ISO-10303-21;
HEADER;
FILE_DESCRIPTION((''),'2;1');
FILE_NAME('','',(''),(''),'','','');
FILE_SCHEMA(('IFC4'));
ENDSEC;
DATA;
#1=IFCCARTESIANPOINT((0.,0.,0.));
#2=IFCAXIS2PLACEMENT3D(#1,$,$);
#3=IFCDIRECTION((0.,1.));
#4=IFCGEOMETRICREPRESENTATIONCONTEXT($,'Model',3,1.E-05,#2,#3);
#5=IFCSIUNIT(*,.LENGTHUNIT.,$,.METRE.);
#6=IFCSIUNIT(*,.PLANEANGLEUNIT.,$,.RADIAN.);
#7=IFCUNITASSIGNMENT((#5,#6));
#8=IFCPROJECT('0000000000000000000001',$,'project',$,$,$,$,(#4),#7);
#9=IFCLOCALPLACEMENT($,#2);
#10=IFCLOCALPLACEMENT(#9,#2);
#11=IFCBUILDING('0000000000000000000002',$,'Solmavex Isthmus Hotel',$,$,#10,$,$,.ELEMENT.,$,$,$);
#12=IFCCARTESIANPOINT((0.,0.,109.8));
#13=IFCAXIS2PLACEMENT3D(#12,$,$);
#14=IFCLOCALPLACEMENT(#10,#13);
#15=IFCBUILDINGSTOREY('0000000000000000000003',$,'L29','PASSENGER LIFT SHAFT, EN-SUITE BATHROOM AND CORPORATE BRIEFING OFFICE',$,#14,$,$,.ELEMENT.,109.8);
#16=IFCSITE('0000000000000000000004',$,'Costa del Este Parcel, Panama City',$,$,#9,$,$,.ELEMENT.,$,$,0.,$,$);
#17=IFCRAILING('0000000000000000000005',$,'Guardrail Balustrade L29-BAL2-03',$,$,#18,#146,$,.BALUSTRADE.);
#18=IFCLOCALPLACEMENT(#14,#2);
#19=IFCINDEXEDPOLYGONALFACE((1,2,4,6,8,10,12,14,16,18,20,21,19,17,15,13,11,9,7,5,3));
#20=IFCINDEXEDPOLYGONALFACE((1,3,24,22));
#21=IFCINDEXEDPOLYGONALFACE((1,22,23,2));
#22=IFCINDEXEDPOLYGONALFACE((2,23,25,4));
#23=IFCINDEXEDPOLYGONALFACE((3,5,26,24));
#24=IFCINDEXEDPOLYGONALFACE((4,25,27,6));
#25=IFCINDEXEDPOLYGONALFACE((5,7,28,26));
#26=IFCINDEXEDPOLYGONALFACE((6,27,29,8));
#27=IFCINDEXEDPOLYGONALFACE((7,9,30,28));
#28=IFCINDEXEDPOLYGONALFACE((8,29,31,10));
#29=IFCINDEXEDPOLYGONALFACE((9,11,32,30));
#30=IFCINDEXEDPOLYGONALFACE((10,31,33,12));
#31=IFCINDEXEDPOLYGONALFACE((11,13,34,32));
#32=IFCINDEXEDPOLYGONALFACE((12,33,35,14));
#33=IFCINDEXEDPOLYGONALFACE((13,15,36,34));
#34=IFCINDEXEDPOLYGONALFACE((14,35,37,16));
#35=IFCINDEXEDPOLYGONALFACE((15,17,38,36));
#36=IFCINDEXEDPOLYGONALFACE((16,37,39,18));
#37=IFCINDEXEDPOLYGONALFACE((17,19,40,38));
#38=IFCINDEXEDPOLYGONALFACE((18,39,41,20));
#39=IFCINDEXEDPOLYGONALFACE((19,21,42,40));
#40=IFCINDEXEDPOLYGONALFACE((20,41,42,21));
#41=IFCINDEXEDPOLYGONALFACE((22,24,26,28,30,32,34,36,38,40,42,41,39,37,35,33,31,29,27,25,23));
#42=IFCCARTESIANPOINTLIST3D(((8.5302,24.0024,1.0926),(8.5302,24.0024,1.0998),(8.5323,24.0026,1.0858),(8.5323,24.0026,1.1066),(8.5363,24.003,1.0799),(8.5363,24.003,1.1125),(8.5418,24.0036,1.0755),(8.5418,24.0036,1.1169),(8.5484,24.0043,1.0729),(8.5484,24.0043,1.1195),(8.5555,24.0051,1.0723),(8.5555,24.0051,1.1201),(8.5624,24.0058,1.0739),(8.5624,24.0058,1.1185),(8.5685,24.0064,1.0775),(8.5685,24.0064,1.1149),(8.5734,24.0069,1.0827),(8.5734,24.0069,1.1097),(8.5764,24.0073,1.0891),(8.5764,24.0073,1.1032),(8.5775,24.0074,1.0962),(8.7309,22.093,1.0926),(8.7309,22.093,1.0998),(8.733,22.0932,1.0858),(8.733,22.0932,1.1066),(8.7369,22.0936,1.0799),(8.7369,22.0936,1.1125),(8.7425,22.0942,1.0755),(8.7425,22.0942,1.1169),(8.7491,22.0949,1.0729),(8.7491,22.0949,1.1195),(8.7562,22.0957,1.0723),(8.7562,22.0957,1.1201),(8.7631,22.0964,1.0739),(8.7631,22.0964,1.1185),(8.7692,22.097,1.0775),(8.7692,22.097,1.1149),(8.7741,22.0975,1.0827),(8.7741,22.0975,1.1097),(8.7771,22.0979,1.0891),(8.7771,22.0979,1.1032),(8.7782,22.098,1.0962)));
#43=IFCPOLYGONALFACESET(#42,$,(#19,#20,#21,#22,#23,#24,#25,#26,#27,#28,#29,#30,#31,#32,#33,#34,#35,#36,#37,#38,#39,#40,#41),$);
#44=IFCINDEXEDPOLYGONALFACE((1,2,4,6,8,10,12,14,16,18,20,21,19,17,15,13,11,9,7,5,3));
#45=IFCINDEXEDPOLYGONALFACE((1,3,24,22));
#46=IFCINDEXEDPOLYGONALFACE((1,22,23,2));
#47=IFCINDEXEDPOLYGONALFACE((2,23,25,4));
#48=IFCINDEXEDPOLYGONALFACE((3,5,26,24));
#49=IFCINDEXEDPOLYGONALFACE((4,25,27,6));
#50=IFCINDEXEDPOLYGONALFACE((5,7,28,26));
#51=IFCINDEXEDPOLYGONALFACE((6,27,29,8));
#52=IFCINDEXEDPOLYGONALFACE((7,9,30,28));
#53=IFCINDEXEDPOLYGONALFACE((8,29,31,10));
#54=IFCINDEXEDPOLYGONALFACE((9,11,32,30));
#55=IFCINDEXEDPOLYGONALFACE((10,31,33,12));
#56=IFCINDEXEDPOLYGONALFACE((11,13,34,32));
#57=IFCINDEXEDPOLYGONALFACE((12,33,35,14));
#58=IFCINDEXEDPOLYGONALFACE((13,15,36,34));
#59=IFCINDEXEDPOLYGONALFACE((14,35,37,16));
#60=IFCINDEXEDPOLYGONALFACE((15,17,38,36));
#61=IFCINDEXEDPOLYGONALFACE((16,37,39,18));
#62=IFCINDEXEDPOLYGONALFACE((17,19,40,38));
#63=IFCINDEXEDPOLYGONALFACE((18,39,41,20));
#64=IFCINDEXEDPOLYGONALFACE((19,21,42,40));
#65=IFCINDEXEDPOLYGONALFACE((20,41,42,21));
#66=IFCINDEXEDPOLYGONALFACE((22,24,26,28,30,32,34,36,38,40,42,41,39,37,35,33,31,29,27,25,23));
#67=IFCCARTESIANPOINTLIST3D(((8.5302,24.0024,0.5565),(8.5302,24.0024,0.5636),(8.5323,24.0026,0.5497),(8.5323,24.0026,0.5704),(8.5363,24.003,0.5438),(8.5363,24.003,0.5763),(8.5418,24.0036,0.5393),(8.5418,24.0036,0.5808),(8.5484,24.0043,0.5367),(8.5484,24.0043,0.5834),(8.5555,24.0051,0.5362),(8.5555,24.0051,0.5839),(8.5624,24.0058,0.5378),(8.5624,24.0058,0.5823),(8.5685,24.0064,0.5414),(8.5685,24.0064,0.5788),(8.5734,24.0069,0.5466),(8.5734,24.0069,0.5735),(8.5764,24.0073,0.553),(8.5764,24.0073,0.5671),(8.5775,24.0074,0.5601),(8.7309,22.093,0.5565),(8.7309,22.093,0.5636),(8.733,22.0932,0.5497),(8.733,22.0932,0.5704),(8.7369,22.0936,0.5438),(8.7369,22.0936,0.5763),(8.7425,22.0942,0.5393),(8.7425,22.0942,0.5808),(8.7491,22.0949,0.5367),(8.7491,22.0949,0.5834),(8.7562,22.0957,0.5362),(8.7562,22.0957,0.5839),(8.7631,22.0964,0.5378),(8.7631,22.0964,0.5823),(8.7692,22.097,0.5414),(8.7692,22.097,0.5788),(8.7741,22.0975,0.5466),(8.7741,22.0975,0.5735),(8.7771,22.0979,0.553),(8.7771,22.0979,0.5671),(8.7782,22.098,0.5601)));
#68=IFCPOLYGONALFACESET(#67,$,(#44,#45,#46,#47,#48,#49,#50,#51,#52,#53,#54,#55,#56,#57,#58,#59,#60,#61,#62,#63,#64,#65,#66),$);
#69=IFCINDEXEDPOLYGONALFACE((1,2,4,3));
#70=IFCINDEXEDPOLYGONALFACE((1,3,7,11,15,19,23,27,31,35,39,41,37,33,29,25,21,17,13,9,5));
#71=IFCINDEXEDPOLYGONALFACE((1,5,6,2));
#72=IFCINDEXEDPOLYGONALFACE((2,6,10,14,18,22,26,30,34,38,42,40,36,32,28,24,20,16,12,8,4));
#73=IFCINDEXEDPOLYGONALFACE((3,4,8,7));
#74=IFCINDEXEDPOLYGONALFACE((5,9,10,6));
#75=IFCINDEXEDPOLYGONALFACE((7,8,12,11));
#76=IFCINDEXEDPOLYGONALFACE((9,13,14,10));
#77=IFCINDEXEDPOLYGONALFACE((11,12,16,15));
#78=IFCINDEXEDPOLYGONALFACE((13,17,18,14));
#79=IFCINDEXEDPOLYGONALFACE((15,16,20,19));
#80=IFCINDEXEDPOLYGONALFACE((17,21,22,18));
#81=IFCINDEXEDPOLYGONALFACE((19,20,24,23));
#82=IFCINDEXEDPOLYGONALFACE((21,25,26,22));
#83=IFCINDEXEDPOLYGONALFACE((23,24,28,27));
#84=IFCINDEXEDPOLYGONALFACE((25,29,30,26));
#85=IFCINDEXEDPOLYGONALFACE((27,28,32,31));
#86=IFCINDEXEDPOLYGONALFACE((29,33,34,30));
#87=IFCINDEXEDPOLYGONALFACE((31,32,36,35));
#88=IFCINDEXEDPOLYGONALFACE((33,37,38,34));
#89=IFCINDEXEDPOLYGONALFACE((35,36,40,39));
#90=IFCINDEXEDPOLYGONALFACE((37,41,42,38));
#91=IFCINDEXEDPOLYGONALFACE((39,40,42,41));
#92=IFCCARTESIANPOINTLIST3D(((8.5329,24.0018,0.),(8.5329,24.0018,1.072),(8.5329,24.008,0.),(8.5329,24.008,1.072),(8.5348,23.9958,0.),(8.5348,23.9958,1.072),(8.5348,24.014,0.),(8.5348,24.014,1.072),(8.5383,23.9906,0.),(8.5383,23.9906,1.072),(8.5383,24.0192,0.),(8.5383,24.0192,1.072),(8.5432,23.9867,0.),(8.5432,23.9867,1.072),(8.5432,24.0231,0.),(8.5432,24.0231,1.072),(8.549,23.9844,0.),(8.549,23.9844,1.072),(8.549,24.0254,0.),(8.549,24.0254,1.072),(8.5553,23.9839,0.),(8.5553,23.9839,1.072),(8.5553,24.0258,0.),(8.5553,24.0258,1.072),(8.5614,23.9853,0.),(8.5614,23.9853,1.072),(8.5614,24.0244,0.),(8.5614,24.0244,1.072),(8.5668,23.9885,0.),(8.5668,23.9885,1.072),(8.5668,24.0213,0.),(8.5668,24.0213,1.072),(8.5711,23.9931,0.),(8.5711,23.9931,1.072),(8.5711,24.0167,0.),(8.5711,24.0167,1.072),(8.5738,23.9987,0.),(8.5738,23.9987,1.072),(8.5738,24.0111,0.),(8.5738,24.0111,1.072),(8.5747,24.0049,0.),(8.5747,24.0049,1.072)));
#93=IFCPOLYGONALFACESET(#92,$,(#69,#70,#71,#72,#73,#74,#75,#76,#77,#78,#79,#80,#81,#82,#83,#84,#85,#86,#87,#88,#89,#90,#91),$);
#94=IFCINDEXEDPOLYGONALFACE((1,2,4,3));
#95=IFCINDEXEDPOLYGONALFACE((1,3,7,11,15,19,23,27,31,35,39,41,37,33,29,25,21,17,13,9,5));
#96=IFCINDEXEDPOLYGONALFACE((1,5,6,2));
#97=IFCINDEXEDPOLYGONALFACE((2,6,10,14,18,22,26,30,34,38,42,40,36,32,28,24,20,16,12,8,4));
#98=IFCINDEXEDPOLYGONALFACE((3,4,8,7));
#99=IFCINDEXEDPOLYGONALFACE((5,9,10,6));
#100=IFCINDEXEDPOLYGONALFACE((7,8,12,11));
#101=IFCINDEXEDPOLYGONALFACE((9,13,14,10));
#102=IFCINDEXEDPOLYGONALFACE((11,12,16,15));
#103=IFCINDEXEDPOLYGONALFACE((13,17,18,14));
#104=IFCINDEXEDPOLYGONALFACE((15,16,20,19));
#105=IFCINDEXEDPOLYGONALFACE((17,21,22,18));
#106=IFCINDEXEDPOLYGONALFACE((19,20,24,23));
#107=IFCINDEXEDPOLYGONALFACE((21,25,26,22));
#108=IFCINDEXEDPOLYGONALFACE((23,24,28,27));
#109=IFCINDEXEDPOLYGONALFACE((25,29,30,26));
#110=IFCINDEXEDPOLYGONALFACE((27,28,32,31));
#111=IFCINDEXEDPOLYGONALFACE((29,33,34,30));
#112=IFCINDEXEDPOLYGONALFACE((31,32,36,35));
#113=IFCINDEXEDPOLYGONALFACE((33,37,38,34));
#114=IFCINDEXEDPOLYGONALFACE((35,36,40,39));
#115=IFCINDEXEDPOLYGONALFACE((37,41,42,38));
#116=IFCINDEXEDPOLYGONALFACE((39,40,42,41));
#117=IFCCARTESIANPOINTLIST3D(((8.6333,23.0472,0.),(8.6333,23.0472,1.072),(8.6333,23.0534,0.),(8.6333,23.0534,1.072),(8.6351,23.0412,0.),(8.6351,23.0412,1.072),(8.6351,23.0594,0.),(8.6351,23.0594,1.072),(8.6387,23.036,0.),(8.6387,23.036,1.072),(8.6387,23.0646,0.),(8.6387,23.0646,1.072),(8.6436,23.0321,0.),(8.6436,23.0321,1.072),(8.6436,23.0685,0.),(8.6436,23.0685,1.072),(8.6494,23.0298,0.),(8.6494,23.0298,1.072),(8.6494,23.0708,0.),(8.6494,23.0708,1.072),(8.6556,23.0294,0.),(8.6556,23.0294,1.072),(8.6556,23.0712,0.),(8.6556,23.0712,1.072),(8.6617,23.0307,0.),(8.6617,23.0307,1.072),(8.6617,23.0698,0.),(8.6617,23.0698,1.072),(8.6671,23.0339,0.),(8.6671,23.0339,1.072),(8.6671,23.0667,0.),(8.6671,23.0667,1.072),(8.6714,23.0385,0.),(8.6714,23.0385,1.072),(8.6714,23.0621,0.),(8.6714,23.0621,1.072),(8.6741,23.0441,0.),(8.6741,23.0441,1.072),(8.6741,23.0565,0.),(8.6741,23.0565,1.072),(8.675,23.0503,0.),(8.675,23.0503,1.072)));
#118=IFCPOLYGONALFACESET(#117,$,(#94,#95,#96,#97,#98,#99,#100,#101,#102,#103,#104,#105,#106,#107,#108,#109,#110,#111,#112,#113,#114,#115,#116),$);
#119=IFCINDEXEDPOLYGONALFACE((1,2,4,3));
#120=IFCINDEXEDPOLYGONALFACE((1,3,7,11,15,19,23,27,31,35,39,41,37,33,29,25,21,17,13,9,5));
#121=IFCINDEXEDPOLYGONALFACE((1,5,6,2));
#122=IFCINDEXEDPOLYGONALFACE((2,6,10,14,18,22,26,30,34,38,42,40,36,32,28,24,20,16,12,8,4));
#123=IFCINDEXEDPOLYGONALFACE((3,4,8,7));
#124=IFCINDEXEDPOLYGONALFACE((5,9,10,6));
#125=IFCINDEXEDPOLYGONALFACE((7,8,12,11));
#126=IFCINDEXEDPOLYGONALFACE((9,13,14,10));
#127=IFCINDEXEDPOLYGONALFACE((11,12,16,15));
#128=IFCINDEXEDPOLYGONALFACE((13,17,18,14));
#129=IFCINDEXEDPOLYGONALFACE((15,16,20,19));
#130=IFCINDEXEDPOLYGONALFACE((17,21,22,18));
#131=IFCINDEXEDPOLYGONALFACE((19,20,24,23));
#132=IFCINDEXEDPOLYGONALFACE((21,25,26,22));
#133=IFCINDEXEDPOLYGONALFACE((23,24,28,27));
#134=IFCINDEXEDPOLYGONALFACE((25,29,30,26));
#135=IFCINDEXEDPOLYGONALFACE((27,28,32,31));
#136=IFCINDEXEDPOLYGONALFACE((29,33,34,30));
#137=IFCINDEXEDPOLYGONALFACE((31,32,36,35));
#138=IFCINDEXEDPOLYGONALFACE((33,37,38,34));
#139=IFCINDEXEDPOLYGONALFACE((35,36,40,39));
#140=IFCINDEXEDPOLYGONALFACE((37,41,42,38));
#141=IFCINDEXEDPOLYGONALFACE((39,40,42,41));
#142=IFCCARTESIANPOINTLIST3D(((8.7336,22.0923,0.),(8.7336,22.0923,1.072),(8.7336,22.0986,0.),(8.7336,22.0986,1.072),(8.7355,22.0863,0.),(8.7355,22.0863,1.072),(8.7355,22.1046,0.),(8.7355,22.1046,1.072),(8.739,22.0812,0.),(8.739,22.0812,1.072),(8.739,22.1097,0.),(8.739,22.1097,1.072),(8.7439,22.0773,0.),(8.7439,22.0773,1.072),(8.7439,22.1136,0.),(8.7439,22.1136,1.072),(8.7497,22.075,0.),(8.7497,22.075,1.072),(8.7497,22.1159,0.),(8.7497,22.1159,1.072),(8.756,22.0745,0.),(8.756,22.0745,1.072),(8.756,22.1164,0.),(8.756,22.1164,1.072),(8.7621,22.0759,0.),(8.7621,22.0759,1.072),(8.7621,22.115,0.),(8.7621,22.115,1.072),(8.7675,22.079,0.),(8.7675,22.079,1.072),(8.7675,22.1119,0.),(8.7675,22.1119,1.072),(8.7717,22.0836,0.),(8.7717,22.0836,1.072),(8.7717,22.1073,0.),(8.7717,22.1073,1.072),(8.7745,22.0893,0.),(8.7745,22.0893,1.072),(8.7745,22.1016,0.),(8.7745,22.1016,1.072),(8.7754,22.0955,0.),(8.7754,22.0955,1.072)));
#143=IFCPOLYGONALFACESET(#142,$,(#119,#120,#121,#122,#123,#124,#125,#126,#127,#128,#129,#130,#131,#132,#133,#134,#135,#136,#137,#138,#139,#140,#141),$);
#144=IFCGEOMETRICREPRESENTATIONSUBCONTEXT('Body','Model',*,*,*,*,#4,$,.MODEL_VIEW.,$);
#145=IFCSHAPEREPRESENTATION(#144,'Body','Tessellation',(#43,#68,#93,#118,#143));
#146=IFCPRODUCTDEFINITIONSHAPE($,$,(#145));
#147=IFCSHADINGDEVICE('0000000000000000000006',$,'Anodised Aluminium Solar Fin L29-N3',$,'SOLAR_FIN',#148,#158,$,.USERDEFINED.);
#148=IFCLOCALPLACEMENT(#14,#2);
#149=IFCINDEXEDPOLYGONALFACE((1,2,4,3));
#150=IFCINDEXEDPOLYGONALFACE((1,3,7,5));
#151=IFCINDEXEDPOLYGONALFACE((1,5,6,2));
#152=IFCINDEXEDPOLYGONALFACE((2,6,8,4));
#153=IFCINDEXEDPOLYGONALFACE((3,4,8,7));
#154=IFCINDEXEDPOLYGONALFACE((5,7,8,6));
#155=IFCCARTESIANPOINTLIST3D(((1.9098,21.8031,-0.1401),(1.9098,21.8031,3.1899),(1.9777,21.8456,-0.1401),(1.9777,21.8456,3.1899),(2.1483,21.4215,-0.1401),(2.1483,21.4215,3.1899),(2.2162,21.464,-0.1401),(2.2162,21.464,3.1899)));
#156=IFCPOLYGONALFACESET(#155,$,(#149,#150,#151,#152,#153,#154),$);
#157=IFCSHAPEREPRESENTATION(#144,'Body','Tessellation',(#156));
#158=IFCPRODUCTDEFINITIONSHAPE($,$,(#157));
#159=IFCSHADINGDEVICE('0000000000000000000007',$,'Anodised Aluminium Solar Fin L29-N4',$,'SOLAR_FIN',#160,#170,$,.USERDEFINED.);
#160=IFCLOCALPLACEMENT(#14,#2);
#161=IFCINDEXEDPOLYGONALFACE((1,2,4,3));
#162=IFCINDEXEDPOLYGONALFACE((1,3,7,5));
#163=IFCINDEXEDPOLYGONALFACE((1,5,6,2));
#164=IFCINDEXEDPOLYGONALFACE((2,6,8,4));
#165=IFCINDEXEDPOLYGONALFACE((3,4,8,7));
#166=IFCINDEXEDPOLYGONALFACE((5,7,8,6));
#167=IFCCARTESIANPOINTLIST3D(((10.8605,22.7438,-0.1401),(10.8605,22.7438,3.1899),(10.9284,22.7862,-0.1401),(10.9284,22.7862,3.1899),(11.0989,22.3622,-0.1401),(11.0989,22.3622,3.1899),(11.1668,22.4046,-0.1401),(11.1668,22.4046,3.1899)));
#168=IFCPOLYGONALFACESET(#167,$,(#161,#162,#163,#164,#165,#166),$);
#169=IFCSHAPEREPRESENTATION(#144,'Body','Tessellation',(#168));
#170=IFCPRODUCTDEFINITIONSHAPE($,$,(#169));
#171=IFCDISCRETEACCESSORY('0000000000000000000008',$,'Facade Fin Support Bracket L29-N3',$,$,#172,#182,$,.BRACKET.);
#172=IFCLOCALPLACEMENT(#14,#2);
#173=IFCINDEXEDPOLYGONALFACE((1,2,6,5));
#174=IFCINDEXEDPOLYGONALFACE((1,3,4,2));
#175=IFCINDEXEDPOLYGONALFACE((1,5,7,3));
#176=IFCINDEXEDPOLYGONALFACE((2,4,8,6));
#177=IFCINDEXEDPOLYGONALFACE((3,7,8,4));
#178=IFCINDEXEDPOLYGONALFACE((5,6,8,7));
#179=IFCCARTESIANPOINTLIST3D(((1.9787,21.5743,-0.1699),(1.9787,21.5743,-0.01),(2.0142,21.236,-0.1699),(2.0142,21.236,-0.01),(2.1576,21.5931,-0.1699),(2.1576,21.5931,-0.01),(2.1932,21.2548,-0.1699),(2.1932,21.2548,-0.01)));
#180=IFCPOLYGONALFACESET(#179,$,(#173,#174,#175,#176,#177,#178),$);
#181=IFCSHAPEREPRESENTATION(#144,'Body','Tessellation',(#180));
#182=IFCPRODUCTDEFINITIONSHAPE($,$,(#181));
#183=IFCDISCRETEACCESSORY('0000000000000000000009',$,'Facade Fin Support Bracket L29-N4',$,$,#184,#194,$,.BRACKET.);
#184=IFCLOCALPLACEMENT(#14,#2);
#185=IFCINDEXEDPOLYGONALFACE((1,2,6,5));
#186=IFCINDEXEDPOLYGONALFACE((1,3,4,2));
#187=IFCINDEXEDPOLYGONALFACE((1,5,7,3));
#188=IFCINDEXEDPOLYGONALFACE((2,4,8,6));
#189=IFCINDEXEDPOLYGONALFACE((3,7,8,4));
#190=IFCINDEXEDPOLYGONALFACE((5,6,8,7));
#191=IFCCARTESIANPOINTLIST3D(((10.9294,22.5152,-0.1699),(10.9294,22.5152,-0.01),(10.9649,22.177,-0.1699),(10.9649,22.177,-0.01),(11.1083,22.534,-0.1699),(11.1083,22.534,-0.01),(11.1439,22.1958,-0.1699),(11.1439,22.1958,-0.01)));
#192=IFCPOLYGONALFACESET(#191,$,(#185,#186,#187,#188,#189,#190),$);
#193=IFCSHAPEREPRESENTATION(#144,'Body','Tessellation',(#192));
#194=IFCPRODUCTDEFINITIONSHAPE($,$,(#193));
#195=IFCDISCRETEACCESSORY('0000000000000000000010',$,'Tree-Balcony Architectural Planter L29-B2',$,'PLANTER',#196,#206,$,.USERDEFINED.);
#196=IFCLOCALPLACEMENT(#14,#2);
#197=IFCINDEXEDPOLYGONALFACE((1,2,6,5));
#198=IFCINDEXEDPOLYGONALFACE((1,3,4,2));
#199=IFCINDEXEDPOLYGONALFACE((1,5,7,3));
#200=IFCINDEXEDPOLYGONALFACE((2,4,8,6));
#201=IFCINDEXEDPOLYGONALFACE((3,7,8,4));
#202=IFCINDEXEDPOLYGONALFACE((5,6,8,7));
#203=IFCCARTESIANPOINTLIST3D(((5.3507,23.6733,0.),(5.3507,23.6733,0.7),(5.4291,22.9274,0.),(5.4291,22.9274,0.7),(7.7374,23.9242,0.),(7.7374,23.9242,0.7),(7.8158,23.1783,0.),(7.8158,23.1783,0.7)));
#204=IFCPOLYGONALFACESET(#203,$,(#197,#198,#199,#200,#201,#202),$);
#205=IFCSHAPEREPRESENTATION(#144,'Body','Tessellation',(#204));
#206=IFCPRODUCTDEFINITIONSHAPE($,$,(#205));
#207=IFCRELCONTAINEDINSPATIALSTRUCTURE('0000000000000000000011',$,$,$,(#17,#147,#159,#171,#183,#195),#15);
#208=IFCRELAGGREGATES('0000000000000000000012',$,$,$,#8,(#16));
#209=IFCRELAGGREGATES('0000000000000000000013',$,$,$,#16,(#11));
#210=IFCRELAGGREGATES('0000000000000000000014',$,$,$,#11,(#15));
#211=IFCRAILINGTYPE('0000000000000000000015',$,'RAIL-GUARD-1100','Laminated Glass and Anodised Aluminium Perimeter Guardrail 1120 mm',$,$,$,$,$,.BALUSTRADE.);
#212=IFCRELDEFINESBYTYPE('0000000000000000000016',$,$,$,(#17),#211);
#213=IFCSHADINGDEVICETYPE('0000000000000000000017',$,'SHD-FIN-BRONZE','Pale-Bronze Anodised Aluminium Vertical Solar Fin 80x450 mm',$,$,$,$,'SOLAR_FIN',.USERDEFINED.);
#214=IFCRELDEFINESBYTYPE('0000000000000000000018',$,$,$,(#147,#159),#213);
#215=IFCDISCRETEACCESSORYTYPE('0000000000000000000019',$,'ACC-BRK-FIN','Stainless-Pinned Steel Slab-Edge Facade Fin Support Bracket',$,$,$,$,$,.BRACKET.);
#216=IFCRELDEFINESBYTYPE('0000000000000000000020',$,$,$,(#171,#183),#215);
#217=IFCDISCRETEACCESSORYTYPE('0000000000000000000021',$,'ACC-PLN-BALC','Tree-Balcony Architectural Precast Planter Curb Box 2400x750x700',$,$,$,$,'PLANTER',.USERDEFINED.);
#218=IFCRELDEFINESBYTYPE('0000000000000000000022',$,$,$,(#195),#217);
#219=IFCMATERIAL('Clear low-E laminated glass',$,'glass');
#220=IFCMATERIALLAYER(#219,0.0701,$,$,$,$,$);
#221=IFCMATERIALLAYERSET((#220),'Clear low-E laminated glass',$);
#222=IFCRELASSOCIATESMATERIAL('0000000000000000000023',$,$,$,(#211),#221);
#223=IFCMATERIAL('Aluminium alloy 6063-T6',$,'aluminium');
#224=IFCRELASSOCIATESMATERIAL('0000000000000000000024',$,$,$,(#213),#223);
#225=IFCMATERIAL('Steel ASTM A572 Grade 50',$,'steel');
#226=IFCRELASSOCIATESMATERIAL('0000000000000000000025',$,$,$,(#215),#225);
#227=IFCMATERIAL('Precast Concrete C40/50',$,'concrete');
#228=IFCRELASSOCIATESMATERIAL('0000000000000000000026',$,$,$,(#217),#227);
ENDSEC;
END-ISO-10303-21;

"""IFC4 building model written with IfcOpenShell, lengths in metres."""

from ifc_helpers import new_model, si_unit, direction, frame, origin, origin_2d, place, context, subcontext, project, spatial, rectangle, circle, extrude, material, layer, layer_set, type_object, element, save


model = new_model("IFC4")

# Units and contexts
model_context = context("Model", 3, precision=1e-05, world=origin(), true_north=direction((0.0, 1.0)))
body_context = subcontext(model_context, "Body", "Model", "MODEL_VIEW")
ifc_project = project(units=[si_unit("LENGTHUNIT", "METRE"), si_unit("PLANEANGLEUNIT", "RADIAN")], contexts=[model_context])

# Site, building, storey
site_placement = place(None, origin())
site = spatial("IfcSite", under=ifc_project, at=site_placement, Name="Costa del Este Parcel, Panama City", CompositionType="ELEMENT", RefElevation=0.0)
building_placement = place(site_placement, origin())
building = spatial("IfcBuilding", under=site, at=building_placement, Name="Solmavex Isthmus Hotel", CompositionType="ELEMENT")
storey_placement = place(building_placement, frame((0.0, 0.0, 109.8)))
storey = spatial("IfcBuildingStorey", under=building, at=storey_placement, Name="L29", Description="PASSENGER LIFT SHAFT, EN-SUITE BATHROOM AND CORPORATE BRIEFING OFFICE", CompositionType="ELEMENT", Elevation=109.8)

# Shared definitions
ifc_material_1 = material(Name="Aluminium alloy 6063-T6", Category="aluminium")

# Shared definitions
ifc_material_2 = material(Name="Clear low-E laminated glass", Category="glass")

# Shared definitions
ifc_material_3 = material(Name="Precast Concrete C40/50", Category="concrete")

# Railing
ifc_layer_1 = layer(ifc_material_2, 0.0701)
ifc_layer_set_1 = layer_set([ifc_layer_1], Name="Clear low-E laminated glass")
railing_type = type_object("IfcRailingType", Name="RAIL-GUARD-1100", Description="Laminated Glass and Anodised Aluminium Perimeter Guardrail 1120 mm", PredefinedType="BALUSTRADE", material=ifc_layer_set_1)
railing_1_placement = place(storey_placement, frame((8.5537, 24.0049, 0.0)))
element("IfcRailing", 1, at=railing_1_placement, inside=storey, type_object=railing_type, Name="Guardrail Balustrade L29-BAL2-03", PredefinedType="BALUSTRADE", context=body_context, shape_type="SweptSolid", body=[
    extrude(circle(Radius=0.0239, at=origin_2d()), frame((0.0, 0.0, 1.0962), z_axis=(0.104526, -0.994522, 0.0), x_axis=(0.994522, 0.104526, 0.0)), (0.0, 0.0, 1.0), 1.9199),
    extrude(circle(Radius=0.0239, at=origin_2d()), frame((0.0, 0.0, 0.5601), z_axis=(0.104526, -0.994522, 0.0), x_axis=(0.994522, 0.104526, 0.0)), (0.0, 0.0, 1.0), 1.9199),
    extrude(circle(Radius=0.021, at=origin_2d()), origin(), (0.0, 0.0, 1.0), 1.072),
    extrude(circle(Radius=0.021, at=origin_2d()), frame((0.1003, -0.9546, 0.0)), (0.0, 0.0, 1.0), 1.072),
    extrude(circle(Radius=0.021, at=origin_2d()), frame((0.2007, -1.9094, 0.0)), (0.0, 0.0, 1.0), 1.072),
])

# Shading devices
shading_device_type = type_object("IfcShadingDeviceType", Name="SHD-FIN-BRONZE", Description="Pale-Bronze Anodised Aluminium Vertical Solar Fin 80x450 mm", ElementType="SOLAR_FIN", PredefinedType="USERDEFINED", material=ifc_material_1)
for number, where, z_axis, x_axis, name in (
    (2, (2.063, 21.6335, -0.1401), (0.0, 0.0, 1.0), (-0.529919, 0.848048, 0.0), "Anodised Aluminium Solar Fin L29-N3"),
    (3, (11.0137, 22.5742, -0.1401), (0.0, 0.0, 1.0), (-0.529919, 0.848048, 0.0), "Anodised Aluminium Solar Fin L29-N4"),
):
    element("IfcShadingDevice", number, at=place(storey_placement, frame(where, z_axis=z_axis, x_axis=x_axis)), inside=storey, type_object=shading_device_type, Name=name, ObjectType="SOLAR_FIN", PredefinedType="USERDEFINED", context=body_context, shape_type="SweptSolid", body=[
        extrude(rectangle(XDim=0.45, YDim=0.0801, at=origin_2d()), origin(), (0.0, 0.0, 1.0), 3.3301),
    ])

# Discrete accessories
ifc_material_4 = material(Name="Steel ASTM A572 Grade 50", Category="steel")
discrete_accessory_type_1 = type_object("IfcDiscreteAccessoryType", Name="ACC-BRK-FIN", Description="Stainless-Pinned Steel Slab-Edge Facade Fin Support Bracket", PredefinedType="BRACKET", material=ifc_material_4)
for number, where, z_axis, x_axis, name in (
    (4, (2.0859, 21.4146, -0.1699), (0.0, 0.0, 1.0), (-0.104528, 0.994522, 0.0), "Facade Fin Support Bracket L29-N3"),
    (5, (11.0366, 22.3555, -0.1699), (0.0, 0.0, 1.0), (-0.104528, 0.994522, 0.0), "Facade Fin Support Bracket L29-N4"),
):
    element("IfcDiscreteAccessory", number, at=place(storey_placement, frame(where, z_axis=z_axis, x_axis=x_axis)), inside=storey, type_object=discrete_accessory_type_1, Name=name, PredefinedType="BRACKET", context=body_context, shape_type="SweptSolid", body=[
        extrude(rectangle(XDim=0.3401, YDim=0.1799, at=origin_2d()), origin(), (0.0, 0.0, 1.0), 0.1599),
    ])
discrete_accessory_type_2 = type_object("IfcDiscreteAccessoryType", Name="ACC-PLN-BALC", Description="Tree-Balcony Architectural Precast Planter Curb Box 2400x750x700", ElementType="PLANTER", PredefinedType="USERDEFINED", material=ifc_material_3)
discrete_accessory_placement = place(storey_placement, frame((6.5833, 23.4258, 0.0), z_axis=(0.0, 0.0, 1.0), x_axis=(0.994522, 0.104528, 0.0)))
element("IfcDiscreteAccessory", 6, at=discrete_accessory_placement, inside=storey, type_object=discrete_accessory_type_2, Name="Tree-Balcony Architectural Planter L29-B2", ObjectType="PLANTER", PredefinedType="USERDEFINED", context=body_context, shape_type="SweptSolid", body=[
    extrude(rectangle(XDim=2.3999, YDim=0.75, at=origin_2d()), origin(), (0.0, 0.0, 1.0), 0.7),
])

save(model, "model.ifc")
